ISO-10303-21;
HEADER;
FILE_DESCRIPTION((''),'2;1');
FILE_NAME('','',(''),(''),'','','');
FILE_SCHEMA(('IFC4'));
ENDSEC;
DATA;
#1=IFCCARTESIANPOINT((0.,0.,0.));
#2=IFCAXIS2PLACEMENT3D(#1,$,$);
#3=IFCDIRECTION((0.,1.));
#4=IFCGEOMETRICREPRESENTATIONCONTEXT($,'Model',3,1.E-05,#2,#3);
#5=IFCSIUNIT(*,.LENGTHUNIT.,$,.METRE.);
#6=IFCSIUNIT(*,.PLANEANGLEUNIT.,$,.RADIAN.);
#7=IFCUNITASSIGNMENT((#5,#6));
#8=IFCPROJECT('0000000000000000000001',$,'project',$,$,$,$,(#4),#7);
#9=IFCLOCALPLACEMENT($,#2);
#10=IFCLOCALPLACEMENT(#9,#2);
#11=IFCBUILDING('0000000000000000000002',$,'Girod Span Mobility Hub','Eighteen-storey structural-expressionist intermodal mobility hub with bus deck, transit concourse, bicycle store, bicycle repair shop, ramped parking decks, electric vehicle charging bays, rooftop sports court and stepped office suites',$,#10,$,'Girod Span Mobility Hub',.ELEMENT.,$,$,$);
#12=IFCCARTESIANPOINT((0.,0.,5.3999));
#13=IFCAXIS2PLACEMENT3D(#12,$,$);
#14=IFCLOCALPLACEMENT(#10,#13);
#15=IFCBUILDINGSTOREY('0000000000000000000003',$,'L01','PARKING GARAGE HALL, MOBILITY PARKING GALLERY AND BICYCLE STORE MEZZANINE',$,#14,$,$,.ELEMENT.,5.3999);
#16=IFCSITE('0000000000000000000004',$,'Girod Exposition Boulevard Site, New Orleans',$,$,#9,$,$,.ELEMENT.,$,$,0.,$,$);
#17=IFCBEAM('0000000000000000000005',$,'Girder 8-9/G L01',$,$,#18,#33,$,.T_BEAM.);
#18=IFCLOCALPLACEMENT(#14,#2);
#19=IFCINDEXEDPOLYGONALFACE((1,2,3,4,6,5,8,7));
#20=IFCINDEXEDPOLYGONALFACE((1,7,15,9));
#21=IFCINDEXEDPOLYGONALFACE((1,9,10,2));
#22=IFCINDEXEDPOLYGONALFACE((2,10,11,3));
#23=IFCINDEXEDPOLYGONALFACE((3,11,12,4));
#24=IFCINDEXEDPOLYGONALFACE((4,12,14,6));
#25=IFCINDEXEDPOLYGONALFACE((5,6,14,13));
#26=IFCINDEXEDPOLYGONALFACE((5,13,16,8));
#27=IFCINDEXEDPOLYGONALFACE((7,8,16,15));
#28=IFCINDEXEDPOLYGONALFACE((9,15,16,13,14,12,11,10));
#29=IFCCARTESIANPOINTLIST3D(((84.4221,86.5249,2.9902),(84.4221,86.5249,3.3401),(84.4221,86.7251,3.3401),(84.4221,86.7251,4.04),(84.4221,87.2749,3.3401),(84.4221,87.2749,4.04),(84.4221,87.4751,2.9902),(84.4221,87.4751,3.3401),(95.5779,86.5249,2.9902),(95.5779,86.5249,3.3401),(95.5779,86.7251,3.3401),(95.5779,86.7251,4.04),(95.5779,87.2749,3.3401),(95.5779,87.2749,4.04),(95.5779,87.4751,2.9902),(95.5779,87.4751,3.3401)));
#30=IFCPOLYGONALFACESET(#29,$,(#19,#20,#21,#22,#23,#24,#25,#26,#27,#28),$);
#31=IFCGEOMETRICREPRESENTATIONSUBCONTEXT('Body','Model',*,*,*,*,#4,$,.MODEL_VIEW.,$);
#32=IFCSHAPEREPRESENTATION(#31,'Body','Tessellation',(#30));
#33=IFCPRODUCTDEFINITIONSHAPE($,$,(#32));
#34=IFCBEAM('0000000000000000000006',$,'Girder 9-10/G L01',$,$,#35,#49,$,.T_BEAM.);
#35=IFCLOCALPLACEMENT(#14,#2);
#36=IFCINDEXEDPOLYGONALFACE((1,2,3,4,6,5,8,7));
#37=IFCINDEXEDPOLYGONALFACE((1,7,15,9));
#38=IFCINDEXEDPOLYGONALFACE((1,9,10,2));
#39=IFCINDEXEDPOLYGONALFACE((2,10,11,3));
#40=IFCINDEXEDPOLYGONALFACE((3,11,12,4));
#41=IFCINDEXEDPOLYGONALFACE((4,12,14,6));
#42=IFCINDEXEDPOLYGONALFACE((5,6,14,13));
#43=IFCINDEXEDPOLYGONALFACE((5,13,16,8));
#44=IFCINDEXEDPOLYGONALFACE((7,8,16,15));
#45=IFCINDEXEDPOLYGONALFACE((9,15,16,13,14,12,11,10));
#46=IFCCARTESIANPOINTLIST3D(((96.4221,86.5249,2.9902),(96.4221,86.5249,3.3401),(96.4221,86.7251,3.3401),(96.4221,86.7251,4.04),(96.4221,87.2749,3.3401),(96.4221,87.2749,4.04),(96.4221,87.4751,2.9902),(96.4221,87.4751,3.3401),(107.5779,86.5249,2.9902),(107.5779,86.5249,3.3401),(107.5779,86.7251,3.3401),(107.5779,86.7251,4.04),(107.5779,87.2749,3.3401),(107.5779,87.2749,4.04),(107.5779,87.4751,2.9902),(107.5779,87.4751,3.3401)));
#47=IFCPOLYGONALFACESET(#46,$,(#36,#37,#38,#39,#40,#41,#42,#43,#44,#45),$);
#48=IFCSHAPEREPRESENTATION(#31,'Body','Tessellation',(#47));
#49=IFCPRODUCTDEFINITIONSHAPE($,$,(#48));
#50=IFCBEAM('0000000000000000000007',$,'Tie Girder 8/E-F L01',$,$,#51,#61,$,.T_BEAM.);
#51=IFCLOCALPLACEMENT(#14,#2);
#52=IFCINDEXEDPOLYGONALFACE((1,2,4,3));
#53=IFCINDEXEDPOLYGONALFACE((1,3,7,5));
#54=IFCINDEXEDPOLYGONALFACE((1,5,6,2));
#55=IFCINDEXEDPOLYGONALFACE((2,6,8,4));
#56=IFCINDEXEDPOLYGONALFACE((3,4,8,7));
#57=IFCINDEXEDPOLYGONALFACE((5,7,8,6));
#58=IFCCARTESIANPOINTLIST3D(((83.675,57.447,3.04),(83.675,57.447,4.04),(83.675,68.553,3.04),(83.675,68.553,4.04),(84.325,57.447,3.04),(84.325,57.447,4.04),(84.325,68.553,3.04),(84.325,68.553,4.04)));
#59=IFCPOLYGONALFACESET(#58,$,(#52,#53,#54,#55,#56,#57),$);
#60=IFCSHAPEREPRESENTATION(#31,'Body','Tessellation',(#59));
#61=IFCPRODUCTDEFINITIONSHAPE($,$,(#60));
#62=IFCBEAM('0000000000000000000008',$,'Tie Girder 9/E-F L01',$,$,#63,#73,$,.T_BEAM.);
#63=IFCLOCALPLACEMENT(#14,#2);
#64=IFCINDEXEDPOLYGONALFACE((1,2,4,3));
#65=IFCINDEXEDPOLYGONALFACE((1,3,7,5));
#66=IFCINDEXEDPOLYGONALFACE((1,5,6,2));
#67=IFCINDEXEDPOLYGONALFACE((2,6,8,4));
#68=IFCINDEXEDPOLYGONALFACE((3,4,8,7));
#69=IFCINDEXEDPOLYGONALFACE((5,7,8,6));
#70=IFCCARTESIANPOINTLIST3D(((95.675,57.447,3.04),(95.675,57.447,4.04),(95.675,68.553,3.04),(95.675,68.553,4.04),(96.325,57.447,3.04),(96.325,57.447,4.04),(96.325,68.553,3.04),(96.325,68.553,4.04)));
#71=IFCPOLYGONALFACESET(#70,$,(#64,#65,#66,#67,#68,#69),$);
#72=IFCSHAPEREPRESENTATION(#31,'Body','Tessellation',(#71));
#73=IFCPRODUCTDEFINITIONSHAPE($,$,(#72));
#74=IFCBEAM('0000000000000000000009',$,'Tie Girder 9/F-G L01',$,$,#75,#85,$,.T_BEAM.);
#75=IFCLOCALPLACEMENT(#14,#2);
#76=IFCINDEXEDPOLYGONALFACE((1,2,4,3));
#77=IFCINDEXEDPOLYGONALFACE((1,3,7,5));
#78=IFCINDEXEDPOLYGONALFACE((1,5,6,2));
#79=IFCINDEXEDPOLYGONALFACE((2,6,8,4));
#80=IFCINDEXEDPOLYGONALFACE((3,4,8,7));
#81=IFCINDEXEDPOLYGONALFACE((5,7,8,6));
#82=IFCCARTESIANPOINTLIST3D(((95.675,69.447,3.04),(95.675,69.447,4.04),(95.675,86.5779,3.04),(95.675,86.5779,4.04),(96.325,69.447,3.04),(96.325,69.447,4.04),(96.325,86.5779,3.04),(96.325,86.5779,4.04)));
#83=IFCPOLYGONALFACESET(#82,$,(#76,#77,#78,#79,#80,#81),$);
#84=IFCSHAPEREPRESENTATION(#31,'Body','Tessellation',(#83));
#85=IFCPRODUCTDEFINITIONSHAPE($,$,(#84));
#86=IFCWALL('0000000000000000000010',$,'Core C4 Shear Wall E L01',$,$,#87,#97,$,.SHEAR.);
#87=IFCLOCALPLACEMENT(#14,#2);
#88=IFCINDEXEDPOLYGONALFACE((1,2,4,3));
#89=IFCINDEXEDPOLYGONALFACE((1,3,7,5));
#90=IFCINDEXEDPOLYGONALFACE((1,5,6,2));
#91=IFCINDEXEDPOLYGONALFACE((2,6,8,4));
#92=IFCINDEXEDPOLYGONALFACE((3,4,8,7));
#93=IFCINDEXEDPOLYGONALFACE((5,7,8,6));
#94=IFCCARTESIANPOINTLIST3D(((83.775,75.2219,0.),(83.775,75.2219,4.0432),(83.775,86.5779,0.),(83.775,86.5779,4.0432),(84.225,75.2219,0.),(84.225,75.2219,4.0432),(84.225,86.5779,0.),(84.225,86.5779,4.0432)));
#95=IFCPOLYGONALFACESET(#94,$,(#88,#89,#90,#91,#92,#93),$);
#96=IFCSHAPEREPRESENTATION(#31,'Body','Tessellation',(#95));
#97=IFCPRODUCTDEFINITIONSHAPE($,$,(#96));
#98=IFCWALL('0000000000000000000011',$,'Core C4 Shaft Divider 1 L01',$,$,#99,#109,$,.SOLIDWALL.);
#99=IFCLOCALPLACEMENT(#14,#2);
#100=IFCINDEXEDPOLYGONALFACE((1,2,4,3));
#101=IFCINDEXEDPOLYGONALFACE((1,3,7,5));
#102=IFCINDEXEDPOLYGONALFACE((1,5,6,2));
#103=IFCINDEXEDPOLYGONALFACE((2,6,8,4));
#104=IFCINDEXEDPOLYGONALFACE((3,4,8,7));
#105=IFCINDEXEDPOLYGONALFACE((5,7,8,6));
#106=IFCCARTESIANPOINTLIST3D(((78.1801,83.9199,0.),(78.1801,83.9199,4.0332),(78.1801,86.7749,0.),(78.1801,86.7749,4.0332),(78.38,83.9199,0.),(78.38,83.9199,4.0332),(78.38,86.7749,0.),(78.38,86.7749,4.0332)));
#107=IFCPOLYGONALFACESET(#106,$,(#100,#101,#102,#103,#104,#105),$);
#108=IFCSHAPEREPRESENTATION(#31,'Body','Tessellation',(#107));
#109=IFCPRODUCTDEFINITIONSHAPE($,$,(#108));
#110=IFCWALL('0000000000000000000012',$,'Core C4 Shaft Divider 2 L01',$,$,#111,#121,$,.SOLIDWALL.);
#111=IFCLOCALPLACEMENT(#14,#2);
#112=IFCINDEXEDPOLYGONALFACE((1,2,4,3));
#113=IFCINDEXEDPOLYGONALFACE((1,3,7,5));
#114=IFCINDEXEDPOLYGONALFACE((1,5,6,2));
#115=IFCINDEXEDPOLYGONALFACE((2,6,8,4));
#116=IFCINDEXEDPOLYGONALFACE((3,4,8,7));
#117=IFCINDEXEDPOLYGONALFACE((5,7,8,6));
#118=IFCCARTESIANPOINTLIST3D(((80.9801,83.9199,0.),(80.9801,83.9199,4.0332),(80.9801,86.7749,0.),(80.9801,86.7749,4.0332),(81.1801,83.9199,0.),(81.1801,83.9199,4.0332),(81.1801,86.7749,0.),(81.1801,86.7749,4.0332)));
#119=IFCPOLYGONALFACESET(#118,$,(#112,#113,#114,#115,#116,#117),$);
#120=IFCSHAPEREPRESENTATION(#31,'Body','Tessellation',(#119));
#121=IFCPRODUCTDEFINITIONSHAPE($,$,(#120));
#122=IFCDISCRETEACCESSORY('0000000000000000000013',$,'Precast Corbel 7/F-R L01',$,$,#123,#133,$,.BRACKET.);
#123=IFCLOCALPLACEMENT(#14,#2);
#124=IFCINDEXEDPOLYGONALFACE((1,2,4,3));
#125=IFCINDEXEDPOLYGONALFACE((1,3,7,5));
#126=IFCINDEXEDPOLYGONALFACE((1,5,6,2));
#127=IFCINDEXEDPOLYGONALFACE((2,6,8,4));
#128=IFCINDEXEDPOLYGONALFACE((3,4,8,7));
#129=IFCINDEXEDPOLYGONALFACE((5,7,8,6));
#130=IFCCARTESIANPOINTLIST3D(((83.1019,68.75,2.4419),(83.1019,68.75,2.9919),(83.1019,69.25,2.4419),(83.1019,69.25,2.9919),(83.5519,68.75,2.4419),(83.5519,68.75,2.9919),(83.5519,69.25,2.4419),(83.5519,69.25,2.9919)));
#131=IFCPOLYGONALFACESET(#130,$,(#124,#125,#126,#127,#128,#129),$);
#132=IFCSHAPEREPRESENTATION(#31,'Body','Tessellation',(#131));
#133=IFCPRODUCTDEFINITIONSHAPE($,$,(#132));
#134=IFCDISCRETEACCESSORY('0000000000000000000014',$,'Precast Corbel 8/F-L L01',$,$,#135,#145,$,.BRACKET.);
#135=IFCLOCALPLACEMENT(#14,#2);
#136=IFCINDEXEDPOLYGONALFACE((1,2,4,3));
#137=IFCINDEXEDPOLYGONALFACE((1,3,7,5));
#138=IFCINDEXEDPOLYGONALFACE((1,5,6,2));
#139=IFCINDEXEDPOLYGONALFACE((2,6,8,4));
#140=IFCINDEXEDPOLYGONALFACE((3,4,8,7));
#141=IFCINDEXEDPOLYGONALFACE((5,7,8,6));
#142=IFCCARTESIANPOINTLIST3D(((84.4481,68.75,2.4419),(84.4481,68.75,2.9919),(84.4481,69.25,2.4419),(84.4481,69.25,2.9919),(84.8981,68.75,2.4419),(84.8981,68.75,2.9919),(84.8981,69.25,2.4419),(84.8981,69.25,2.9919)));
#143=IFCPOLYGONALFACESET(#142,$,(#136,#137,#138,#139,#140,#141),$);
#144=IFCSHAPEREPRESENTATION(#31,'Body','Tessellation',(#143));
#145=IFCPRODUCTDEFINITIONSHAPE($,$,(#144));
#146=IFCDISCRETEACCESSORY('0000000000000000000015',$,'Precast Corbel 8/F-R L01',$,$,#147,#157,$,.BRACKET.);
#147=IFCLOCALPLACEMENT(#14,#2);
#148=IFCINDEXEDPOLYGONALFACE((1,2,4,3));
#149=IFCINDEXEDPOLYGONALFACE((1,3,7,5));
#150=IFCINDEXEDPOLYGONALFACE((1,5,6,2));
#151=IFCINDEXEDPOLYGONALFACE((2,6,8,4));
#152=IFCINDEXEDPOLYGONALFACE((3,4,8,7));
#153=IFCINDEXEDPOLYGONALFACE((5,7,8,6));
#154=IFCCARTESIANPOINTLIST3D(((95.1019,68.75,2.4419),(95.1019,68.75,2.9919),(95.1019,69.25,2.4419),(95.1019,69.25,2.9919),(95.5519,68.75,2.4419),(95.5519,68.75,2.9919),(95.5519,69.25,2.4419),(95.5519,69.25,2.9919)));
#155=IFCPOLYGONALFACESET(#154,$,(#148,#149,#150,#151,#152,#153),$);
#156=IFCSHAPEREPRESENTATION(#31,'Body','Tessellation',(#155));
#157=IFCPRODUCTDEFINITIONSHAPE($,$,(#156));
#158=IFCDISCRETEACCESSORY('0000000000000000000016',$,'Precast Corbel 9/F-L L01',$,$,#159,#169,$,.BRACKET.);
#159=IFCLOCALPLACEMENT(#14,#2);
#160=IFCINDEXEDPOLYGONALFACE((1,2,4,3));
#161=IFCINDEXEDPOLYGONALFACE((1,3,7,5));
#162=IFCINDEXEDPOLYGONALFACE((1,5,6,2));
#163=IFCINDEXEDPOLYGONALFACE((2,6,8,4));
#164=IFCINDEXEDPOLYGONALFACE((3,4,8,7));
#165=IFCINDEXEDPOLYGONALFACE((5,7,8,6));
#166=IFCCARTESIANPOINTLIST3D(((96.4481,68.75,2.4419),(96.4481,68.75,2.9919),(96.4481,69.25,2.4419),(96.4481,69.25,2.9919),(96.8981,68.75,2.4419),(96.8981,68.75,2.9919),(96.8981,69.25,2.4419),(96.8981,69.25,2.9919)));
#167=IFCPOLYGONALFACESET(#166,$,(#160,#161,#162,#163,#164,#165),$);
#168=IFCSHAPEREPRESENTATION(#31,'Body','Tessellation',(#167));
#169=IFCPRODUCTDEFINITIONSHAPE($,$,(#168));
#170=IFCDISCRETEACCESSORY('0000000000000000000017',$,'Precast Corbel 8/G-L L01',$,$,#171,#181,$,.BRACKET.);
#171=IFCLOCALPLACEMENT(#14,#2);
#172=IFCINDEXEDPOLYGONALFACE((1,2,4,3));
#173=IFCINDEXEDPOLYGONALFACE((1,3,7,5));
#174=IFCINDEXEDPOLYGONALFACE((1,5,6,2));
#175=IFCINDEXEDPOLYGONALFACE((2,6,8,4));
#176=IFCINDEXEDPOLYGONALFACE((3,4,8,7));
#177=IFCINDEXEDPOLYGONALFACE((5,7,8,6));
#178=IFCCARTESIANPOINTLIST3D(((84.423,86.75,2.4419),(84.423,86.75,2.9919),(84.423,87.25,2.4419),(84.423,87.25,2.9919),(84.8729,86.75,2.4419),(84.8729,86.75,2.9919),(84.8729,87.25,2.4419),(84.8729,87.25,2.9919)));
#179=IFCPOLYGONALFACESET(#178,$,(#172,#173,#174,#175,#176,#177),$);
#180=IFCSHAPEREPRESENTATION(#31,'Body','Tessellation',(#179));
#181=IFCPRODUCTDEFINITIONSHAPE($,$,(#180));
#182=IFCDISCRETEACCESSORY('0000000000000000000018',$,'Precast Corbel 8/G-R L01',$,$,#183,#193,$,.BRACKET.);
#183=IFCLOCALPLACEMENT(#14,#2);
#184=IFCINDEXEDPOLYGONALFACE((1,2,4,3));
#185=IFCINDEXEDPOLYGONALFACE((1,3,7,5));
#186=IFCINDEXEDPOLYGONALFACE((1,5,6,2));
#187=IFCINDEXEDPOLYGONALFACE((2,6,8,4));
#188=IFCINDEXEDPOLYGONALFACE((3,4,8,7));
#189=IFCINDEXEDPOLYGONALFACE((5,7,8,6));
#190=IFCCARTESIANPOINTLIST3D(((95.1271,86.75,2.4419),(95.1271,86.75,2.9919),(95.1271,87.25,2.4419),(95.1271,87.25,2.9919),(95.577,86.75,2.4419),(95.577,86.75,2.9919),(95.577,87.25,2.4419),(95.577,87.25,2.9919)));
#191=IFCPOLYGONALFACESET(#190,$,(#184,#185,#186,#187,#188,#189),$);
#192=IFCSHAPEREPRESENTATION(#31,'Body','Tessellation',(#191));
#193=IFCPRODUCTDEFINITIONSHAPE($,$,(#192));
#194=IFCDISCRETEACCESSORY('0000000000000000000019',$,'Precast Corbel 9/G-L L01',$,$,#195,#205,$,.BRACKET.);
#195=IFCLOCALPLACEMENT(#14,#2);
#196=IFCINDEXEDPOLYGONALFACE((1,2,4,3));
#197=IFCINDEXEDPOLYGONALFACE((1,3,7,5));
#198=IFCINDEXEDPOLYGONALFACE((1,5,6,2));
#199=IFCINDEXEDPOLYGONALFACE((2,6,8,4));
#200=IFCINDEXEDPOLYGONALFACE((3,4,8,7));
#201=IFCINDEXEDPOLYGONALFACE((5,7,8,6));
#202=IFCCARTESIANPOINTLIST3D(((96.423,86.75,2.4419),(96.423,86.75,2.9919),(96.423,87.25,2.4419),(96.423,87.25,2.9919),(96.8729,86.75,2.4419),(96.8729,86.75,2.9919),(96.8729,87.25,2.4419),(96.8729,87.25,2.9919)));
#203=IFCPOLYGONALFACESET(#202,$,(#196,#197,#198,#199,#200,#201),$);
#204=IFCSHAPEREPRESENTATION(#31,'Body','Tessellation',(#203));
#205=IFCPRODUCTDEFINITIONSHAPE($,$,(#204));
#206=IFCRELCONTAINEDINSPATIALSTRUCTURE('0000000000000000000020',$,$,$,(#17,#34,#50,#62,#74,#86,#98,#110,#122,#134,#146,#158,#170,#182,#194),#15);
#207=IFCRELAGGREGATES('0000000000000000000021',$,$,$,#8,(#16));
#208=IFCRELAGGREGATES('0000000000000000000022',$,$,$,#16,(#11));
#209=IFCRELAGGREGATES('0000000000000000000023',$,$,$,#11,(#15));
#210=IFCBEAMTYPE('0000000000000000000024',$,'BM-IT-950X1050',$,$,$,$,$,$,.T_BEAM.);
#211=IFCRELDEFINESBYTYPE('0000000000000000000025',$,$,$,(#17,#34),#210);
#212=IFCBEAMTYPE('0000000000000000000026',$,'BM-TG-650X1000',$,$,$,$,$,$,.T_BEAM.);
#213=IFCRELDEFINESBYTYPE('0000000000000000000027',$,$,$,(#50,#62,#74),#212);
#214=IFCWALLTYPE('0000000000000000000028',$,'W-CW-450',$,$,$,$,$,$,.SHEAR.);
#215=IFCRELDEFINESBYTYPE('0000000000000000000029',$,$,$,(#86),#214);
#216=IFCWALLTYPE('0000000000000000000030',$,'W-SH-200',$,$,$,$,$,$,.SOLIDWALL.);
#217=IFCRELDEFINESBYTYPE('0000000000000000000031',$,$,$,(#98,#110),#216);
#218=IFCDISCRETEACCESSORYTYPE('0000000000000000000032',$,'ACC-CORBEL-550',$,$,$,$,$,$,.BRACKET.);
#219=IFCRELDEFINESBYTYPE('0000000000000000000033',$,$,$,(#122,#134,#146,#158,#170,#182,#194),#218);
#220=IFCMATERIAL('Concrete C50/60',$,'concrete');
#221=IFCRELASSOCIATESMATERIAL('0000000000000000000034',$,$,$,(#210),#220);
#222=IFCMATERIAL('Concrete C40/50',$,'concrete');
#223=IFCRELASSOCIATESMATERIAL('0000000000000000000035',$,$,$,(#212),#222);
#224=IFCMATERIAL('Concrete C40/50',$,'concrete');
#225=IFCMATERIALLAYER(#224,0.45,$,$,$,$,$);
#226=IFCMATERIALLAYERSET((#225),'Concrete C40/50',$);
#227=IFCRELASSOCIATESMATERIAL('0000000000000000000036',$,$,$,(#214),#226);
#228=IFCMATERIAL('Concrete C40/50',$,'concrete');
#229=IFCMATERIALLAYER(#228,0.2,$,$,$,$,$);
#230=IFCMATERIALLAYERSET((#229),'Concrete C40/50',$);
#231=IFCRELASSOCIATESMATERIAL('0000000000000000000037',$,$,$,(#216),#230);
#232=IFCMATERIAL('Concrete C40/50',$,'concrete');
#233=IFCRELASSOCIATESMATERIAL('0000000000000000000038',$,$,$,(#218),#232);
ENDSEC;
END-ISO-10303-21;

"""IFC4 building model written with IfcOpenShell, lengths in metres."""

from ifc_helpers import new_model, si_unit, direction, frame, frame_2d, origin, origin_2d, place, context, subcontext, project, spatial, polyline, rectangle, outline, extrude, material, layer, layer_set, material_profile, profile_set, type_object, element, save


model = new_model("IFC4")

# Units and contexts
model_context = context("Model", 3, precision=1e-05, world=origin(), true_north=direction((0.0, 1.0)))
body_context = subcontext(model_context, "Body", "Model", "MODEL_VIEW")
ifc_project = project(units=[si_unit("LENGTHUNIT", "METRE"), si_unit("PLANEANGLEUNIT", "RADIAN")], contexts=[model_context])

# Site, building, storey
site_placement = place(None, origin())
site = spatial("IfcSite", under=ifc_project, at=site_placement, Name="Girod Exposition Boulevard Site, New Orleans", CompositionType="ELEMENT", RefElevation=0.0)
building_placement = place(site_placement, origin())
building = spatial("IfcBuilding", under=site, at=building_placement, Name="Girod Span Mobility Hub", Description="Eighteen-storey structural-expressionist intermodal mobility hub with bus deck, transit concourse, bicycle store, bicycle repair shop, ramped parking decks, electric vehicle charging bays, rooftop sports court and stepped office suites", LongName="Girod Span Mobility Hub", CompositionType="ELEMENT")
storey_placement = place(building_placement, frame((0.0, 0.0, 5.3999)))
storey = spatial("IfcBuildingStorey", under=building, at=storey_placement, Name="L01", Description="PARKING GARAGE HALL, MOBILITY PARKING GALLERY AND BICYCLE STORE MEZZANINE", CompositionType="ELEMENT", Elevation=5.3999)

# Beams
ifc_material_1 = material(Name="Concrete C50/60", Category="concrete")
ifc_material_profile_1 = material_profile(ifc_material_1, outline(polyline([(-0.4751, -0.5249), (0.4751, -0.5249), (0.4751, -0.175), (0.2749, -0.175), (0.2749, 0.5249), (-0.2749, 0.5249), (-0.2749, -0.175), (-0.4751, -0.175), (-0.4751, -0.5249)])), Name="IT-950X1050")
ifc_profile_set_1 = profile_set([ifc_material_profile_1], Name="Concrete C50/60")
beam_type_1 = type_object("IfcBeamType", Name="BM-IT-950X1050", PredefinedType="T_BEAM", material=ifc_profile_set_1)
for number, where, z_axis, x_axis, name in (
    (1, (84.4221, 87.0, 3.5151), (1.0, 0.0, 0.0), (0.0, 1.0, 0.0), "Girder 8-9/G L01"),
    (2, (96.4221, 87.0, 3.5151), (1.0, 0.0, 0.0), (0.0, 1.0, 0.0), "Girder 9-10/G L01"),
):
    element("IfcBeam", number, at=place(storey_placement, frame(where, z_axis=z_axis, x_axis=x_axis)), inside=storey, type_object=beam_type_1, Name=name, PredefinedType="T_BEAM", context=body_context, shape_type="SweptSolid", body=[
        extrude(outline(polyline([(-0.4751, -0.5249), (0.4751, -0.5249), (0.4751, -0.175), (0.2749, -0.175), (0.2749, 0.5249), (-0.2749, 0.5249), (-0.2749, -0.175), (-0.4751, -0.175), (-0.4751, -0.5249)])), origin(), (0.0, 0.0, 1.0), 11.1558),
    ])
ifc_material_2 = material(Name="Concrete C40/50", Category="concrete")
ifc_material_profile_2 = material_profile(ifc_material_2, rectangle(XDim=0.6499, YDim=1.0, at=origin_2d()), Name="TG-650X1000")
ifc_profile_set_2 = profile_set([ifc_material_profile_2], Name="Concrete C40/50")
beam_type_2 = type_object("IfcBeamType", Name="BM-TG-650X1000", PredefinedType="T_BEAM", material=ifc_profile_set_2)
for number, where, z_axis, x_axis, name in (
    (3, (84.0, 57.447, 3.54), (0.0, 1.0, 0.0), (-1.0, 0.0, 0.0), "Tie Girder 8/E-F L01"),
    (4, (96.0, 57.447, 3.54), (0.0, 1.0, 0.0), (-1.0, 0.0, 0.0), "Tie Girder 9/E-F L01"),
):
    element("IfcBeam", number, at=place(storey_placement, frame(where, z_axis=z_axis, x_axis=x_axis)), inside=storey, type_object=beam_type_2, Name=name, PredefinedType="T_BEAM", context=body_context, shape_type="SweptSolid", body=[
        extrude(rectangle(XDim=0.6499, YDim=1.0, at=origin_2d()), origin(), (0.0, 0.0, 1.0), 11.106),
    ])
beam_1_placement = place(storey_placement, frame((96.0, 69.447, 3.54), z_axis=(0.0, 1.0, 0.0), x_axis=(-1.0, 0.0, 0.0)))
element("IfcBeam", 5, at=beam_1_placement, inside=storey, type_object=beam_type_2, Name="Tie Girder 9/F-G L01", PredefinedType="T_BEAM", context=body_context, shape_type="SweptSolid", body=[
    extrude(rectangle(XDim=0.6499, YDim=1.0, at=origin_2d()), origin(), (0.0, 0.0, 1.0), 17.1309),
])

# Walls
ifc_material_3 = material(Name="Concrete C40/50", Category="concrete")
ifc_layer_1 = layer(ifc_material_3, 0.45)
ifc_layer_set_1 = layer_set([ifc_layer_1], Name="Concrete C40/50")
wall_type_1 = type_object("IfcWallType", Name="W-CW-450", PredefinedType="SHEAR", material=ifc_layer_set_1)
wall_placement = place(storey_placement, frame((84.0, 75.2219, 0.0), z_axis=(0.0, 0.0, 1.0), x_axis=(0.0, 1.0, 0.0)))
element("IfcWall", 6, at=wall_placement, inside=storey, type_object=wall_type_1, Name="Core C4 Shear Wall E L01", PredefinedType="SHEAR", context=body_context, shape_type="SweptSolid", body=[
    extrude(rectangle(XDim=11.356, YDim=0.45, at=frame_2d((5.678, 0.0))), origin(), (0.0, 0.0, 1.0), 4.0432),
])
ifc_material_4 = material(Name="Concrete C40/50", Category="concrete")
ifc_layer_2 = layer(ifc_material_4, 0.2)
ifc_layer_set_2 = layer_set([ifc_layer_2], Name="Concrete C40/50")
wall_type_2 = type_object("IfcWallType", Name="W-SH-200", PredefinedType="SOLIDWALL", material=ifc_layer_set_2)
for number, where, z_axis, x_axis, name in (
    (7, (78.28, 83.9199, 0.0), (0.0, 0.0, 1.0), (0.0, 1.0, 0.0), "Core C4 Shaft Divider 1 L01"),
    (8, (81.0801, 83.9199, 0.0), (0.0, 0.0, 1.0), (0.0, 1.0, 0.0), "Core C4 Shaft Divider 2 L01"),
):
    element("IfcWall", number, at=place(storey_placement, frame(where, z_axis=z_axis, x_axis=x_axis)), inside=storey, type_object=wall_type_2, Name=name, PredefinedType="SOLIDWALL", context=body_context, shape_type="SweptSolid", body=[
        extrude(rectangle(XDim=2.855, YDim=0.2, at=frame_2d((1.4275, 0.0))), origin(), (0.0, 0.0, 1.0), 4.0332),
    ])

# Discrete accessories
ifc_material_5 = material(Name="Concrete C40/50", Category="concrete")
discrete_accessory_type = type_object("IfcDiscreteAccessoryType", Name="ACC-CORBEL-550", PredefinedType="BRACKET", material=ifc_material_5)
for number, where, z_axis, x_axis, name in (
    (9, (83.3269, 69.0, 2.4419), (0.0, 0.0, 1.0), (1.0, 0.0, 0.0), "Precast Corbel 7/F-R L01"),
    (10, (84.6731, 69.0, 2.4419), (0.0, 0.0, 1.0), (1.0, 0.0, 0.0), "Precast Corbel 8/F-L L01"),
    (11, (95.3269, 69.0, 2.4419), (0.0, 0.0, 1.0), (1.0, 0.0, 0.0), "Precast Corbel 8/F-R L01"),
    (12, (96.6731, 69.0, 2.4419), (0.0, 0.0, 1.0), (1.0, 0.0, 0.0), "Precast Corbel 9/F-L L01"),
    (13, (84.6479, 87.0, 2.4419), (0.0, 0.0, 1.0), (1.0, 0.0, 0.0), "Precast Corbel 8/G-L L01"),
    (14, (95.3521, 87.0, 2.4419), (0.0, 0.0, 1.0), (1.0, 0.0, 0.0), "Precast Corbel 8/G-R L01"),
    (15, (96.6479, 87.0, 2.4419), (0.0, 0.0, 1.0), (1.0, 0.0, 0.0), "Precast Corbel 9/G-L L01"),
):
    element("IfcDiscreteAccessory", number, at=place(storey_placement, frame(where, z_axis=z_axis, x_axis=x_axis)), inside=storey, type_object=discrete_accessory_type, Name=name, PredefinedType="BRACKET", context=body_context, shape_type="SweptSolid", body=[
        extrude(rectangle(XDim=0.45, YDim=0.5, at=origin_2d()), origin(), (0.0, 0.0, 1.0), 0.55),
    ])

save(model, "model.ifc")
